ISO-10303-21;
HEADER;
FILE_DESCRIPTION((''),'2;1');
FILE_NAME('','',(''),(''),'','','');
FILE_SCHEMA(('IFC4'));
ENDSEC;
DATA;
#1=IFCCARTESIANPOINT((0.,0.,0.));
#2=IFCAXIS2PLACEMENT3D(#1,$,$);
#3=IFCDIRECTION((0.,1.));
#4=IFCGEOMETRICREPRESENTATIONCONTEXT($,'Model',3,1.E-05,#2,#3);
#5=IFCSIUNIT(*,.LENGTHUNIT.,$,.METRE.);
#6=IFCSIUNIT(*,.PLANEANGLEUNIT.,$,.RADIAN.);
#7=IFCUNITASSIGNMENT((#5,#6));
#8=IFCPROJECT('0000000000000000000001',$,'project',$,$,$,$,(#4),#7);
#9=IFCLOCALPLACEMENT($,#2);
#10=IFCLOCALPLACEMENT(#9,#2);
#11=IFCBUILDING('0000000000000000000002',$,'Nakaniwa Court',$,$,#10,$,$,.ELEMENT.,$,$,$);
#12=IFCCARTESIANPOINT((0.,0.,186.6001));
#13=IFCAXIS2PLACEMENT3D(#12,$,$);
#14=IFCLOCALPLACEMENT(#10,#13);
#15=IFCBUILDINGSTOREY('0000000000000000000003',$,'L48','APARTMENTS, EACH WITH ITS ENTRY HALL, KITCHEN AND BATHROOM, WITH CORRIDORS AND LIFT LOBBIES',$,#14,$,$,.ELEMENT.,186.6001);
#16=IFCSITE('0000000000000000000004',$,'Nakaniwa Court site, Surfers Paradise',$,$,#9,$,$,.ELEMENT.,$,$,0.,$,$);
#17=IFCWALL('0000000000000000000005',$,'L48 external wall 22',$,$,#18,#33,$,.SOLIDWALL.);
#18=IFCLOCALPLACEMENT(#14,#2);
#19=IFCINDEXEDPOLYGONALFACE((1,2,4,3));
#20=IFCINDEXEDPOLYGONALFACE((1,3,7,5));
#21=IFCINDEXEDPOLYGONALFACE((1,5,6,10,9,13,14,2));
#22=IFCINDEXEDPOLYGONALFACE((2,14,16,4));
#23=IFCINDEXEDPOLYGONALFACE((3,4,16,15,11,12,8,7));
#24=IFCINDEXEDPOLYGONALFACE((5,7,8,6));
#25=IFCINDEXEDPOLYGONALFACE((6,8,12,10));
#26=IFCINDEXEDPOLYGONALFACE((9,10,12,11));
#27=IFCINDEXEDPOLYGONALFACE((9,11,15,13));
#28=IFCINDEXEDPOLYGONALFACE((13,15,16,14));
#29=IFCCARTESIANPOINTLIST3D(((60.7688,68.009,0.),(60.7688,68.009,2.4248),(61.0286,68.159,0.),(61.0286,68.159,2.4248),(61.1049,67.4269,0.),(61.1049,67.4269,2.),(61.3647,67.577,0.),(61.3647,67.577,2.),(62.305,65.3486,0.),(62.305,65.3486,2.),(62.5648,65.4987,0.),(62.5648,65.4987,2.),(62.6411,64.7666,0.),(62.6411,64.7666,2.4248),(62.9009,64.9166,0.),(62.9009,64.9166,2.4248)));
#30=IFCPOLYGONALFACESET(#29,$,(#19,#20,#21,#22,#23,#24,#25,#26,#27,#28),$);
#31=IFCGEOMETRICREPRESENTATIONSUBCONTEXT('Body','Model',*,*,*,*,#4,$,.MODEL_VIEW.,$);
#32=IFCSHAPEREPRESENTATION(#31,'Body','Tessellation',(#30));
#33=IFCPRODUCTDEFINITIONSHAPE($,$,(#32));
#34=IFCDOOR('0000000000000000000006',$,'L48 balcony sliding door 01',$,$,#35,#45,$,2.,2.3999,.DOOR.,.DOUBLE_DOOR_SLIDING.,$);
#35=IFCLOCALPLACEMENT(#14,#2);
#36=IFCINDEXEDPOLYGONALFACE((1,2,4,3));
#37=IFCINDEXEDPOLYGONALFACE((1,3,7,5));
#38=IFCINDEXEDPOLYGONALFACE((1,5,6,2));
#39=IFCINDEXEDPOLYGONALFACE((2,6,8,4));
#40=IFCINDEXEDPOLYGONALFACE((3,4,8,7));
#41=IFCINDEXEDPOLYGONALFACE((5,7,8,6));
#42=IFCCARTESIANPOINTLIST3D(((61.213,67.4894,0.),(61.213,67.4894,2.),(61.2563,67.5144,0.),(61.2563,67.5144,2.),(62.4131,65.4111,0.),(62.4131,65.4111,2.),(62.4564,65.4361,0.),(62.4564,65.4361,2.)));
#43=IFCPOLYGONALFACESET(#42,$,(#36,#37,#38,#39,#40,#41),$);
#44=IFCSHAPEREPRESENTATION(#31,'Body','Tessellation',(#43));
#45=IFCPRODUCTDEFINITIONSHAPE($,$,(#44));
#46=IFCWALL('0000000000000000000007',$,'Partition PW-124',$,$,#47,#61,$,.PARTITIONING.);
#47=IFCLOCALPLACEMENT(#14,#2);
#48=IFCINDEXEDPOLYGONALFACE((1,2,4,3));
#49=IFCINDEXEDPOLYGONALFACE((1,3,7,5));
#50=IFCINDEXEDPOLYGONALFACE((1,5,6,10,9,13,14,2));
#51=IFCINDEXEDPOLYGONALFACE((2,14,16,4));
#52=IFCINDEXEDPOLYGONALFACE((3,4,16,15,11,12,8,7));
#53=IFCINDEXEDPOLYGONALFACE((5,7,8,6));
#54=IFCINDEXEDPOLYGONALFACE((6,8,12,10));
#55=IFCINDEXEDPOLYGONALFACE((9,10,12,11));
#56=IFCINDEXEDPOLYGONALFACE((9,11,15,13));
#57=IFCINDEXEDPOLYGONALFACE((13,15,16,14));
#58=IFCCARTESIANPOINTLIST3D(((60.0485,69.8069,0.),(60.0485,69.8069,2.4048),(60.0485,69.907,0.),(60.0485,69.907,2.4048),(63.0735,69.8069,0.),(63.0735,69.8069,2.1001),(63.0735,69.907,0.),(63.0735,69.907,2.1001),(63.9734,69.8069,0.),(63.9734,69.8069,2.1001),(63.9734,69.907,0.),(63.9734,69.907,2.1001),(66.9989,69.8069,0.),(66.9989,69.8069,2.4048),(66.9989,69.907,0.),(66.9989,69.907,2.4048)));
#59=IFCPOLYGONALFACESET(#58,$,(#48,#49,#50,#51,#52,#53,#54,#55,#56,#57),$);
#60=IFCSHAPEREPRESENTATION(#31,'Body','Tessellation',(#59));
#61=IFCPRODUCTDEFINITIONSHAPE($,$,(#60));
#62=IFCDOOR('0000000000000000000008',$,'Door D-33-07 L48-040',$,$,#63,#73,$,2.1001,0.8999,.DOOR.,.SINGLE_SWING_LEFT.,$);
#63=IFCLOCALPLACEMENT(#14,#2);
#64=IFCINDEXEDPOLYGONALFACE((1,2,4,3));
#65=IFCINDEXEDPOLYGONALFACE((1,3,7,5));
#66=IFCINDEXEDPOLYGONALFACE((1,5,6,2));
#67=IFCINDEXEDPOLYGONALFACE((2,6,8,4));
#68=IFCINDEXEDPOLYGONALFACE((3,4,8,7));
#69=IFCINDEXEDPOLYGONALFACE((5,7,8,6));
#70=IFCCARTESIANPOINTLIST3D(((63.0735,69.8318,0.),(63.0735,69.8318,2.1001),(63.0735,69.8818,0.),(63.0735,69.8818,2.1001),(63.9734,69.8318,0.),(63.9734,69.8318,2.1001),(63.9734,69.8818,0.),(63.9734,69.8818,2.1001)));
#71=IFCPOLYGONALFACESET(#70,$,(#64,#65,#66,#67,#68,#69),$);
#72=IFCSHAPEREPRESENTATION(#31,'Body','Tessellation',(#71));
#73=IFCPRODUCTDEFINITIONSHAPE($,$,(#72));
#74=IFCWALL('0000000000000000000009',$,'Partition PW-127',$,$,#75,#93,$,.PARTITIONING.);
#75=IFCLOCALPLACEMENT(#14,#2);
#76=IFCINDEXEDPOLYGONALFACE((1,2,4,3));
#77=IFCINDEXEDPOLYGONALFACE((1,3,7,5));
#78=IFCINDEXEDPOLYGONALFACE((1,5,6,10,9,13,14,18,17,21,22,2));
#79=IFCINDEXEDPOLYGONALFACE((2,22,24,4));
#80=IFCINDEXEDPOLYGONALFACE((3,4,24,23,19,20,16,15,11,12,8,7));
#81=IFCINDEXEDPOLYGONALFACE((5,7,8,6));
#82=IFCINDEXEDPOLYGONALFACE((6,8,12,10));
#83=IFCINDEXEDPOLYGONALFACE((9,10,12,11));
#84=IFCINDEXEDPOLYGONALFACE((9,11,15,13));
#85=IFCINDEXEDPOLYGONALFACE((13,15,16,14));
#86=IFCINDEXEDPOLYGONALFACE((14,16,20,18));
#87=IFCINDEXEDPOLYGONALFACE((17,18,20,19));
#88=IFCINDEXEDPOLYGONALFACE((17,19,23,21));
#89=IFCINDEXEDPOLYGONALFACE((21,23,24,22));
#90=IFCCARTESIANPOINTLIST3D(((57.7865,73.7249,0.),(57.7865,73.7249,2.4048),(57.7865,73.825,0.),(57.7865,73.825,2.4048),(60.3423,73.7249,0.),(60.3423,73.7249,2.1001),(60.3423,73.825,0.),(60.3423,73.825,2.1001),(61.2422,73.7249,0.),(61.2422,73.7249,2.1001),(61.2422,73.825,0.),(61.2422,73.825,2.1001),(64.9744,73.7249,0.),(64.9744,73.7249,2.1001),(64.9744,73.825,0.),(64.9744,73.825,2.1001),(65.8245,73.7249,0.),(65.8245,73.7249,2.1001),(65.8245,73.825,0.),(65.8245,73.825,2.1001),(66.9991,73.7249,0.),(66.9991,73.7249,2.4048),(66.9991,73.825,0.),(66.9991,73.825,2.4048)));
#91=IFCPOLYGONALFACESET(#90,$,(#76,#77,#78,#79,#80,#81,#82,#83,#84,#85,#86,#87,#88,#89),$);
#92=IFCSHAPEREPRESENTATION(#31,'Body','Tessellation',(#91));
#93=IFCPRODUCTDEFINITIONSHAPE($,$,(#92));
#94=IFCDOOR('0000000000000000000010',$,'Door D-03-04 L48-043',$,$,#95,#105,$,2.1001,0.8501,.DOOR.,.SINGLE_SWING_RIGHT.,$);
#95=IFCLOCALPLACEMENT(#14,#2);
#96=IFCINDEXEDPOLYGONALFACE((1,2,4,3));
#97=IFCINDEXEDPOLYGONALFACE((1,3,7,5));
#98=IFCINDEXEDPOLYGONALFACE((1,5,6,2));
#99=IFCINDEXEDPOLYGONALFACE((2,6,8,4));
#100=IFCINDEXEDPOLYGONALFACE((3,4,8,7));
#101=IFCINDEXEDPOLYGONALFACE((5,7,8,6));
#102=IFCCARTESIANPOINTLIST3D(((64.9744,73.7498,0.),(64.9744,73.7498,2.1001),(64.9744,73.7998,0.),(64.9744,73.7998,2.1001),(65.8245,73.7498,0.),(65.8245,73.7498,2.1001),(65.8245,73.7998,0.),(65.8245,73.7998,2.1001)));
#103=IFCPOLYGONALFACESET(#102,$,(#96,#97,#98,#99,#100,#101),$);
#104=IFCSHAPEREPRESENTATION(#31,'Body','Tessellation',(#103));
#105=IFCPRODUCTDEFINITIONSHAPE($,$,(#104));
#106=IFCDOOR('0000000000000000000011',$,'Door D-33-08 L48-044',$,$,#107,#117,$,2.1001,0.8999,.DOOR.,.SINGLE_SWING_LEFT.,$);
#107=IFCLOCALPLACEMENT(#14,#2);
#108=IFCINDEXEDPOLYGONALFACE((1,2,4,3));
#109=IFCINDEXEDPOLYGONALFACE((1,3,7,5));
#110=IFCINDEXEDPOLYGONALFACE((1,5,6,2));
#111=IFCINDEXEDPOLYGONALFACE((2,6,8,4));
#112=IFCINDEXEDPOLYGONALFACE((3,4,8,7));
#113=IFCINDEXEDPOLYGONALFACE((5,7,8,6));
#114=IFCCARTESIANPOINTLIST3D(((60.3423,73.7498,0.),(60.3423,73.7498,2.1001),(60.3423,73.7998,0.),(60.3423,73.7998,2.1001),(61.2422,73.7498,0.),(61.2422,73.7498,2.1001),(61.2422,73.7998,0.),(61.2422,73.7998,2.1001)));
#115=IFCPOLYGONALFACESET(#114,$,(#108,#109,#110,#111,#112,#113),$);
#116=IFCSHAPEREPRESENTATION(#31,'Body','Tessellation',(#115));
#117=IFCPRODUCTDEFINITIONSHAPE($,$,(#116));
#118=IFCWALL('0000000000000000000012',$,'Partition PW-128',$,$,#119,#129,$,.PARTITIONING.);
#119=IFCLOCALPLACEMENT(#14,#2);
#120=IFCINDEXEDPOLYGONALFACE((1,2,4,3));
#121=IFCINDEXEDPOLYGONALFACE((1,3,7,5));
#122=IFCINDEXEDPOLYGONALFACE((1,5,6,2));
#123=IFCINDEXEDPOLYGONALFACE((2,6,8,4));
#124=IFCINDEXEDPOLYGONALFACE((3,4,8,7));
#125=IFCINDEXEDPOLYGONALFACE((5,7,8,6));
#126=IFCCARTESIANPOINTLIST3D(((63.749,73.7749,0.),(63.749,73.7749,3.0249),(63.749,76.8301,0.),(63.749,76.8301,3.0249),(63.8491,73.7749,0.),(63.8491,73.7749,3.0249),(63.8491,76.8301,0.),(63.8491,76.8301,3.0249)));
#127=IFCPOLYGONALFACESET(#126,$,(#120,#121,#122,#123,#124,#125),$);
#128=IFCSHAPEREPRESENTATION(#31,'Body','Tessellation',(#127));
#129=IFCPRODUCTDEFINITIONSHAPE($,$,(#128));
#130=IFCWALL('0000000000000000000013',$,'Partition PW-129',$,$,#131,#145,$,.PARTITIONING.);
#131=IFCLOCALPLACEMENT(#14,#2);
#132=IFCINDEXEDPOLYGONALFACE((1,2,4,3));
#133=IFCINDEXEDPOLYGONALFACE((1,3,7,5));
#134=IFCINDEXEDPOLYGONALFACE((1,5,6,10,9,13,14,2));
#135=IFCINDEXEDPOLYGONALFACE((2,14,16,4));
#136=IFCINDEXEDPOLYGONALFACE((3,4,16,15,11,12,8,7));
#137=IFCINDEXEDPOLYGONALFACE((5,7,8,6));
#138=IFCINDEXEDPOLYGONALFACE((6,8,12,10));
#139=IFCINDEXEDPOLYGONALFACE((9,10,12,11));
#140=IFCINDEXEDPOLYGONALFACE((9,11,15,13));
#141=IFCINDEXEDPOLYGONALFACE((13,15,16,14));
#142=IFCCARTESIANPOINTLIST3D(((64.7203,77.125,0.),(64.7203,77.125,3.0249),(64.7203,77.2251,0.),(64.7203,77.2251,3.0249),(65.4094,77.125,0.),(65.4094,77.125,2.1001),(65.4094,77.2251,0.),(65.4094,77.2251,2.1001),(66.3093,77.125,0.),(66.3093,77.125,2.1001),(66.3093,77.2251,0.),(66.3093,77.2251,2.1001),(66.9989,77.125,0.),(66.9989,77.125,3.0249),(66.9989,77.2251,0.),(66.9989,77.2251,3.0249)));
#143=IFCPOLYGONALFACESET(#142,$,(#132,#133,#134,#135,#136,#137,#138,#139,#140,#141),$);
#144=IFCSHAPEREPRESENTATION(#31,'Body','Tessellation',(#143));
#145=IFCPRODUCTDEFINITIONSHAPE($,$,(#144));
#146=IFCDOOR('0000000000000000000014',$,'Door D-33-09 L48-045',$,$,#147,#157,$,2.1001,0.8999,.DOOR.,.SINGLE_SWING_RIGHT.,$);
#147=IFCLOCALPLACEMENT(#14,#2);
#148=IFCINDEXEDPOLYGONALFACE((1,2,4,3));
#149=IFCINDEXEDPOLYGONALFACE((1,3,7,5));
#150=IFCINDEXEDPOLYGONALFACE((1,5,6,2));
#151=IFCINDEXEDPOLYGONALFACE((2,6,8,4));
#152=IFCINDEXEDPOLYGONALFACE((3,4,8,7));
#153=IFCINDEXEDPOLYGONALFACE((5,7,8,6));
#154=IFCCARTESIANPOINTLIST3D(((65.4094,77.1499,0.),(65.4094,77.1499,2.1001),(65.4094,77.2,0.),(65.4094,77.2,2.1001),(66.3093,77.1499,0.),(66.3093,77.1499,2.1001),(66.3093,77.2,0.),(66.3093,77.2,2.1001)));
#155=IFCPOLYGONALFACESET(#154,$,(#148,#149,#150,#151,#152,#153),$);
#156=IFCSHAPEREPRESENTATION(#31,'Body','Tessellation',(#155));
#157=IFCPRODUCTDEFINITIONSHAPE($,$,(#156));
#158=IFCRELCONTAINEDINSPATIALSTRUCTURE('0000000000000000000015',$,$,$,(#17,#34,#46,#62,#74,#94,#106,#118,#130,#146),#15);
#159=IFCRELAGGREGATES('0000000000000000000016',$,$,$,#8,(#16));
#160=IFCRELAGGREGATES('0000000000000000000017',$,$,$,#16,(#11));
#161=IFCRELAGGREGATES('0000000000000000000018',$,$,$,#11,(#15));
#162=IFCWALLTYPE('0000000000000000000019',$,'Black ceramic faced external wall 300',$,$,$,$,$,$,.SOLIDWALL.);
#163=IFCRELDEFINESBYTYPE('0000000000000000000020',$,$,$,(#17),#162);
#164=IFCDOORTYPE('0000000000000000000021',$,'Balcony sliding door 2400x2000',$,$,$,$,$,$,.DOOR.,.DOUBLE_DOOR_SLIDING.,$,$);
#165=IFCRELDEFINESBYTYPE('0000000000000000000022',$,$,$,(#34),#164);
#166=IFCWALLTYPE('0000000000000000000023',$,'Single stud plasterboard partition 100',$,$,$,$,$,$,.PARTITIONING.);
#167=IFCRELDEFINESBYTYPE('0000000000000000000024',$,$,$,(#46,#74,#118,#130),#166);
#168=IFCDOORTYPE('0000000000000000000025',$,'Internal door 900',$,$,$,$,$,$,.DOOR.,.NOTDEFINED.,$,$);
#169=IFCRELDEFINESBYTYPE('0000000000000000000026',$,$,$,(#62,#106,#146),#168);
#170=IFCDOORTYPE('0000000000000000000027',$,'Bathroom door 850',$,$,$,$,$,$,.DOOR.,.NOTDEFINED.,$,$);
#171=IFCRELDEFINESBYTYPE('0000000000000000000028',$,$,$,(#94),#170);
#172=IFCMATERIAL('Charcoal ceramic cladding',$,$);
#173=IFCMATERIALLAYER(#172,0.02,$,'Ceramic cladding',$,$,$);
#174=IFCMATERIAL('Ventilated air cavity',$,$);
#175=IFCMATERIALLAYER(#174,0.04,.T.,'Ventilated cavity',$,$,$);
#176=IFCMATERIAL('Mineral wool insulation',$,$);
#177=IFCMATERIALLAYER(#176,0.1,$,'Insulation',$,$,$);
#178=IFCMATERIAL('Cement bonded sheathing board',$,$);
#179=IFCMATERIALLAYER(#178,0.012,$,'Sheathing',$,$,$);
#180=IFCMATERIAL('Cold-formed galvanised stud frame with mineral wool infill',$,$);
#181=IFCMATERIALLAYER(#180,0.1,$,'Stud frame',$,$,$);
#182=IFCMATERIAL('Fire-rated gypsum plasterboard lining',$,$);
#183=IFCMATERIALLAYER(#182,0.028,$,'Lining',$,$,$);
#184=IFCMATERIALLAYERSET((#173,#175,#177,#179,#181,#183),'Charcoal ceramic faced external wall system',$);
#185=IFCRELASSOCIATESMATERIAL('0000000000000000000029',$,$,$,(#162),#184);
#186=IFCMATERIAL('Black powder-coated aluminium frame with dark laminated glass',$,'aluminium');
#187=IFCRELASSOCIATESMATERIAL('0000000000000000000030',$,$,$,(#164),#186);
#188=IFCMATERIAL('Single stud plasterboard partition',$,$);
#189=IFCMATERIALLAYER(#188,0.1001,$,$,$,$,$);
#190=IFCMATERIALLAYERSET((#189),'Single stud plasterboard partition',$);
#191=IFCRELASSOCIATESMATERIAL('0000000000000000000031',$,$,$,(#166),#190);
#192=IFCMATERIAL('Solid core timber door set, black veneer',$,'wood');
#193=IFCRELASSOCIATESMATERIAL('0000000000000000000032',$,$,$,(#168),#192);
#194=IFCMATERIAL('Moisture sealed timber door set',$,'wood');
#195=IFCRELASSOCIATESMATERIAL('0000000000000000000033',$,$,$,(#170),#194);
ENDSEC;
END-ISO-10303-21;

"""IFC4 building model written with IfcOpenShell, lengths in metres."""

from ifc_helpers import new_model, si_unit, direction, frame, frame_2d, origin, place, context, subcontext, project, spatial, rectangle, extrude, material, layer, layer_set, type_object, element, fill, save


model = new_model("IFC4")

# Units and contexts
model_context = context("Model", 3, precision=1e-05, world=origin(), true_north=direction((0.0, 1.0)))
body_context = subcontext(model_context, "Body", "Model", "MODEL_VIEW")
ifc_project = project(units=[si_unit("LENGTHUNIT", "METRE"), si_unit("PLANEANGLEUNIT", "RADIAN")], contexts=[model_context])

# Site, building, storey
site_placement = place(None, origin())
site = spatial("IfcSite", under=ifc_project, at=site_placement, Name="Nakaniwa Court site, Surfers Paradise", CompositionType="ELEMENT", RefElevation=0.0)
building_placement = place(site_placement, origin())
building = spatial("IfcBuilding", under=site, at=building_placement, Name="Nakaniwa Court", CompositionType="ELEMENT")
storey_placement = place(building_placement, frame((0.0, 0.0, 186.6001)))
storey = spatial("IfcBuildingStorey", under=building, at=storey_placement, Name="L48", Description="APARTMENTS, EACH WITH ITS ENTRY HALL, KITCHEN AND BATHROOM, WITH CORRIDORS AND LIFT LOBBIES", CompositionType="ELEMENT", Elevation=186.6001)

# Shared definitions
ifc_material_1 = material(Name="Solid core timber door set, black veneer", Category="wood")

# Shared definitions
ifc_material_2 = material(Name="Charcoal ceramic cladding")
ifc_layer_1 = layer(ifc_material_2, 0.02, Name="Ceramic cladding")
ifc_material_3 = material(Name="Ventilated air cavity")
ifc_layer_2 = layer(ifc_material_3, 0.04, ventilated=True, Name="Ventilated cavity")
ifc_material_4 = material(Name="Mineral wool insulation")
ifc_layer_3 = layer(ifc_material_4, 0.1, Name="Insulation")
ifc_material_5 = material(Name="Cement bonded sheathing board")
ifc_layer_4 = layer(ifc_material_5, 0.012, Name="Sheathing")
ifc_material_6 = material(Name="Cold-formed galvanised stud frame with mineral wool infill")
ifc_layer_5 = layer(ifc_material_6, 0.1, Name="Stud frame")
ifc_material_7 = material(Name="Fire-rated gypsum plasterboard lining")
ifc_layer_6 = layer(ifc_material_7, 0.028, Name="Lining")
ifc_layer_set_1 = layer_set([ifc_layer_1, ifc_layer_2, ifc_layer_3, ifc_layer_4, ifc_layer_5, ifc_layer_6], Name="Charcoal ceramic faced external wall system")
wall_type_1 = type_object("IfcWallType", Name="Black ceramic faced external wall 300", PredefinedType="SOLIDWALL", material=ifc_layer_set_1)

# Walls, openings, doors
wall_1_placement = place(storey_placement, frame((60.8987, 68.084, 0.0), z_axis=(0.0, 0.0, 1.0), x_axis=(0.500059, -0.865991, 0.0)))
wall_1 = element("IfcWall", 1, at=wall_1_placement, inside=storey, type_object=wall_type_1, Name="L48 external wall 22", PredefinedType="SOLIDWALL", context=body_context, shape_type="SweptSolid", body=[
    extrude(rectangle(XDim=3.7441, YDim=0.3, at=frame_2d((1.8721, 0.0))), origin(), (0.0, 0.0, 1.0), 2.4248),
])
opening_1_placement = place(wall_1_placement, frame((0.6721, 0.0, 0.0)))
opening_1 = element("IfcOpeningElement", 2, at=opening_1_placement, cuts=wall_1, PredefinedType="OPENING", context=body_context, shape_type="SweptSolid", body=[
    extrude(rectangle(XDim=2.3999, YDim=2.0, at=frame_2d((1.2, 1.0))), frame((0.0, 0.1599, 0.0), z_axis=(0.0, -1.0, 0.0), x_axis=(1.0, 0.0, 0.0)), (0.0, 0.0, 1.0), 0.3201),
])
ifc_material_8 = material(Name="Black powder-coated aluminium frame with dark laminated glass", Category="aluminium")
door_type_1 = type_object("IfcDoorType", Name="Balcony sliding door 2400x2000", OperationType="DOUBLE_DOOR_SLIDING", PredefinedType="DOOR", material=ifc_material_8)
door_1_placement = place(opening_1_placement, origin())
door_1 = element("IfcDoor", 3, at=door_1_placement, inside=storey, type_object=door_type_1, Name="L48 balcony sliding door 01", OperationType="DOUBLE_DOOR_SLIDING", OverallHeight=2.0, OverallWidth=2.3999, PredefinedType="DOOR", context=body_context, shape_type="SweptSolid", body=[
    extrude(rectangle(XDim=2.3999, YDim=2.0, at=frame_2d((1.2, 1.0))), frame((0.0, 0.0249, 0.0), z_axis=(0.0, -1.0, 0.0), x_axis=(1.0, 0.0, 0.0)), (0.0, 0.0, 1.0), 0.05),
])
fill(opening_1, door_1)
ifc_material_9 = material(Name="Single stud plasterboard partition")
ifc_layer_7 = layer(ifc_material_9, 0.1001)
ifc_layer_set_2 = layer_set([ifc_layer_7], Name="Single stud plasterboard partition")
wall_type_2 = type_object("IfcWallType", Name="Single stud plasterboard partition 100", PredefinedType="PARTITIONING", material=ifc_layer_set_2)
wall_2_placement = place(storey_placement, frame((60.0486, 69.8569, 0.0), z_axis=(0.0, 0.0, 1.0), x_axis=(1.0, 0.0, 0.0)))
wall_2 = element("IfcWall", 4, at=wall_2_placement, inside=storey, type_object=wall_type_2, Name="Partition PW-124", PredefinedType="PARTITIONING", context=body_context, shape_type="SweptSolid", body=[
    extrude(rectangle(XDim=6.9504, YDim=0.1001, at=frame_2d((3.4751, 0.0))), origin(), (0.0, 0.0, 1.0), 2.4048),
])
opening_2_placement = place(wall_2_placement, frame((3.0249, 0.0, 0.0)))
opening_2 = element("IfcOpeningElement", 5, at=opening_2_placement, cuts=wall_2, PredefinedType="OPENING", context=body_context, shape_type="SweptSolid", body=[
    extrude(rectangle(XDim=0.8999, YDim=2.1001, at=frame_2d((0.45, 1.05))), frame((0.0, 0.0601, 0.0), z_axis=(0.0, -1.0, 0.0), x_axis=(1.0, 0.0, 0.0)), (0.0, 0.0, 1.0), 0.1201),
])
door_type_2 = type_object("IfcDoorType", Name="Internal door 900", OperationType="NOTDEFINED", PredefinedType="DOOR", material=ifc_material_1)
door_2_placement = place(opening_2_placement, origin())
door_2 = element("IfcDoor", 6, at=door_2_placement, inside=storey, type_object=door_type_2, Name="Door D-33-07 L48-040", OperationType="SINGLE_SWING_LEFT", OverallHeight=2.1001, OverallWidth=0.8999, PredefinedType="DOOR", context=body_context, shape_type="SweptSolid", body=[
    extrude(rectangle(XDim=0.8999, YDim=2.1001, at=frame_2d((0.45, 1.05))), frame((0.0, 0.0249, 0.0), z_axis=(0.0, -1.0, 0.0), x_axis=(1.0, 0.0, 0.0)), (0.0, 0.0, 1.0), 0.05),
])
fill(opening_2, door_2)

# Wall, openings, doors
wall_3_placement = place(storey_placement, frame((57.7864, 73.7749, 0.0), z_axis=(0.0, 0.0, 1.0), x_axis=(1.0, 0.0, 0.0)))
wall_3 = element("IfcWall", 7, at=wall_3_placement, inside=storey, type_object=wall_type_2, Name="Partition PW-127", PredefinedType="PARTITIONING", context=body_context, shape_type="SweptSolid", body=[
    extrude(rectangle(XDim=9.2126, YDim=0.1001, at=frame_2d((4.6064, 0.0))), origin(), (0.0, 0.0, 1.0), 2.4048),
])
opening_3_placement = place(wall_3_placement, frame((7.188, 0.0, 0.0)))
opening_3 = element("IfcOpeningElement", 8, at=opening_3_placement, cuts=wall_3, PredefinedType="OPENING", context=body_context, shape_type="SweptSolid", body=[
    extrude(rectangle(XDim=0.8501, YDim=2.1001, at=frame_2d((0.425, 1.05))), frame((0.0, 0.0601, 0.0), z_axis=(0.0, -1.0, 0.0), x_axis=(1.0, 0.0, 0.0)), (0.0, 0.0, 1.0), 0.1201),
])
opening_4_placement = place(wall_3_placement, frame((2.5559, 0.0, 0.0)))
opening_4 = element("IfcOpeningElement", 9, at=opening_4_placement, cuts=wall_3, PredefinedType="OPENING", context=body_context, shape_type="SweptSolid", body=[
    extrude(rectangle(XDim=0.8999, YDim=2.1001, at=frame_2d((0.45, 1.05))), frame((0.0, 0.0601, 0.0), z_axis=(0.0, -1.0, 0.0), x_axis=(1.0, 0.0, 0.0)), (0.0, 0.0, 1.0), 0.1201),
])
ifc_material_10 = material(Name="Moisture sealed timber door set", Category="wood")
door_type_3 = type_object("IfcDoorType", Name="Bathroom door 850", OperationType="NOTDEFINED", PredefinedType="DOOR", material=ifc_material_10)
door_3_placement = place(opening_3_placement, origin())
door_3 = element("IfcDoor", 10, at=door_3_placement, inside=storey, type_object=door_type_3, Name="Door D-03-04 L48-043", OperationType="SINGLE_SWING_RIGHT", OverallHeight=2.1001, OverallWidth=0.8501, PredefinedType="DOOR", context=body_context, shape_type="SweptSolid", body=[
    extrude(rectangle(XDim=0.8501, YDim=2.1001, at=frame_2d((0.425, 1.05))), frame((0.0, 0.0249, 0.0), z_axis=(0.0, -1.0, 0.0), x_axis=(1.0, 0.0, 0.0)), (0.0, 0.0, 1.0), 0.05),
])
fill(opening_3, door_3)
door_4_placement = place(opening_4_placement, origin())
door_4 = element("IfcDoor", 11, at=door_4_placement, inside=storey, type_object=door_type_2, Name="Door D-33-08 L48-044", OperationType="SINGLE_SWING_LEFT", OverallHeight=2.1001, OverallWidth=0.8999, PredefinedType="DOOR", context=body_context, shape_type="SweptSolid", body=[
    extrude(rectangle(XDim=0.8999, YDim=2.1001, at=frame_2d((0.45, 1.05))), frame((0.0, 0.0249, 0.0), z_axis=(0.0, -1.0, 0.0), x_axis=(1.0, 0.0, 0.0)), (0.0, 0.0, 1.0), 0.05),
])
fill(opening_4, door_4)

# Wall
wall_4_placement = place(storey_placement, frame((63.7991, 73.7749, 0.0), z_axis=(0.0, 0.0, 1.0), x_axis=(0.0, 1.0, 0.0)))
element("IfcWall", 12, at=wall_4_placement, inside=storey, type_object=wall_type_2, Name="Partition PW-128", PredefinedType="PARTITIONING", context=body_context, shape_type="SweptSolid", body=[
    extrude(rectangle(XDim=3.0552, YDim=0.1001, at=frame_2d((1.5276, 0.0))), origin(), (0.0, 0.0, 1.0), 3.0249),
])

# Wall, opening, door
wall_5_placement = place(storey_placement, frame((64.7205, 77.175, 0.0), z_axis=(0.0, 0.0, 1.0), x_axis=(1.0, 0.0, 0.0)))
wall_5 = element("IfcWall", 13, at=wall_5_placement, inside=storey, type_object=wall_type_2, Name="Partition PW-129", PredefinedType="PARTITIONING", context=body_context, shape_type="SweptSolid", body=[
    extrude(rectangle(XDim=2.2786, YDim=0.1001, at=frame_2d((1.1392, 0.0))), origin(), (0.0, 0.0, 1.0), 3.0249),
])
opening_5_placement = place(wall_5_placement, frame((0.689, 0.0, 0.0)))
opening_5 = element("IfcOpeningElement", 14, at=opening_5_placement, cuts=wall_5, PredefinedType="OPENING", context=body_context, shape_type="SweptSolid", body=[
    extrude(rectangle(XDim=0.8999, YDim=2.1001, at=frame_2d((0.45, 1.05))), frame((0.0, 0.0601, 0.0), z_axis=(0.0, -1.0, 0.0), x_axis=(1.0, 0.0, 0.0)), (0.0, 0.0, 1.0), 0.1201),
])
door_5_placement = place(opening_5_placement, origin())
door_5 = element("IfcDoor", 15, at=door_5_placement, inside=storey, type_object=door_type_2, Name="Door D-33-09 L48-045", OperationType="SINGLE_SWING_RIGHT", OverallHeight=2.1001, OverallWidth=0.8999, PredefinedType="DOOR", context=body_context, shape_type="SweptSolid", body=[
    extrude(rectangle(XDim=0.8999, YDim=2.1001, at=frame_2d((0.45, 1.05))), frame((0.0, 0.0249, 0.0), z_axis=(0.0, -1.0, 0.0), x_axis=(1.0, 0.0, 0.0)), (0.0, 0.0, 1.0), 0.05),
])
fill(opening_5, door_5)

save(model, "model.ifc")
